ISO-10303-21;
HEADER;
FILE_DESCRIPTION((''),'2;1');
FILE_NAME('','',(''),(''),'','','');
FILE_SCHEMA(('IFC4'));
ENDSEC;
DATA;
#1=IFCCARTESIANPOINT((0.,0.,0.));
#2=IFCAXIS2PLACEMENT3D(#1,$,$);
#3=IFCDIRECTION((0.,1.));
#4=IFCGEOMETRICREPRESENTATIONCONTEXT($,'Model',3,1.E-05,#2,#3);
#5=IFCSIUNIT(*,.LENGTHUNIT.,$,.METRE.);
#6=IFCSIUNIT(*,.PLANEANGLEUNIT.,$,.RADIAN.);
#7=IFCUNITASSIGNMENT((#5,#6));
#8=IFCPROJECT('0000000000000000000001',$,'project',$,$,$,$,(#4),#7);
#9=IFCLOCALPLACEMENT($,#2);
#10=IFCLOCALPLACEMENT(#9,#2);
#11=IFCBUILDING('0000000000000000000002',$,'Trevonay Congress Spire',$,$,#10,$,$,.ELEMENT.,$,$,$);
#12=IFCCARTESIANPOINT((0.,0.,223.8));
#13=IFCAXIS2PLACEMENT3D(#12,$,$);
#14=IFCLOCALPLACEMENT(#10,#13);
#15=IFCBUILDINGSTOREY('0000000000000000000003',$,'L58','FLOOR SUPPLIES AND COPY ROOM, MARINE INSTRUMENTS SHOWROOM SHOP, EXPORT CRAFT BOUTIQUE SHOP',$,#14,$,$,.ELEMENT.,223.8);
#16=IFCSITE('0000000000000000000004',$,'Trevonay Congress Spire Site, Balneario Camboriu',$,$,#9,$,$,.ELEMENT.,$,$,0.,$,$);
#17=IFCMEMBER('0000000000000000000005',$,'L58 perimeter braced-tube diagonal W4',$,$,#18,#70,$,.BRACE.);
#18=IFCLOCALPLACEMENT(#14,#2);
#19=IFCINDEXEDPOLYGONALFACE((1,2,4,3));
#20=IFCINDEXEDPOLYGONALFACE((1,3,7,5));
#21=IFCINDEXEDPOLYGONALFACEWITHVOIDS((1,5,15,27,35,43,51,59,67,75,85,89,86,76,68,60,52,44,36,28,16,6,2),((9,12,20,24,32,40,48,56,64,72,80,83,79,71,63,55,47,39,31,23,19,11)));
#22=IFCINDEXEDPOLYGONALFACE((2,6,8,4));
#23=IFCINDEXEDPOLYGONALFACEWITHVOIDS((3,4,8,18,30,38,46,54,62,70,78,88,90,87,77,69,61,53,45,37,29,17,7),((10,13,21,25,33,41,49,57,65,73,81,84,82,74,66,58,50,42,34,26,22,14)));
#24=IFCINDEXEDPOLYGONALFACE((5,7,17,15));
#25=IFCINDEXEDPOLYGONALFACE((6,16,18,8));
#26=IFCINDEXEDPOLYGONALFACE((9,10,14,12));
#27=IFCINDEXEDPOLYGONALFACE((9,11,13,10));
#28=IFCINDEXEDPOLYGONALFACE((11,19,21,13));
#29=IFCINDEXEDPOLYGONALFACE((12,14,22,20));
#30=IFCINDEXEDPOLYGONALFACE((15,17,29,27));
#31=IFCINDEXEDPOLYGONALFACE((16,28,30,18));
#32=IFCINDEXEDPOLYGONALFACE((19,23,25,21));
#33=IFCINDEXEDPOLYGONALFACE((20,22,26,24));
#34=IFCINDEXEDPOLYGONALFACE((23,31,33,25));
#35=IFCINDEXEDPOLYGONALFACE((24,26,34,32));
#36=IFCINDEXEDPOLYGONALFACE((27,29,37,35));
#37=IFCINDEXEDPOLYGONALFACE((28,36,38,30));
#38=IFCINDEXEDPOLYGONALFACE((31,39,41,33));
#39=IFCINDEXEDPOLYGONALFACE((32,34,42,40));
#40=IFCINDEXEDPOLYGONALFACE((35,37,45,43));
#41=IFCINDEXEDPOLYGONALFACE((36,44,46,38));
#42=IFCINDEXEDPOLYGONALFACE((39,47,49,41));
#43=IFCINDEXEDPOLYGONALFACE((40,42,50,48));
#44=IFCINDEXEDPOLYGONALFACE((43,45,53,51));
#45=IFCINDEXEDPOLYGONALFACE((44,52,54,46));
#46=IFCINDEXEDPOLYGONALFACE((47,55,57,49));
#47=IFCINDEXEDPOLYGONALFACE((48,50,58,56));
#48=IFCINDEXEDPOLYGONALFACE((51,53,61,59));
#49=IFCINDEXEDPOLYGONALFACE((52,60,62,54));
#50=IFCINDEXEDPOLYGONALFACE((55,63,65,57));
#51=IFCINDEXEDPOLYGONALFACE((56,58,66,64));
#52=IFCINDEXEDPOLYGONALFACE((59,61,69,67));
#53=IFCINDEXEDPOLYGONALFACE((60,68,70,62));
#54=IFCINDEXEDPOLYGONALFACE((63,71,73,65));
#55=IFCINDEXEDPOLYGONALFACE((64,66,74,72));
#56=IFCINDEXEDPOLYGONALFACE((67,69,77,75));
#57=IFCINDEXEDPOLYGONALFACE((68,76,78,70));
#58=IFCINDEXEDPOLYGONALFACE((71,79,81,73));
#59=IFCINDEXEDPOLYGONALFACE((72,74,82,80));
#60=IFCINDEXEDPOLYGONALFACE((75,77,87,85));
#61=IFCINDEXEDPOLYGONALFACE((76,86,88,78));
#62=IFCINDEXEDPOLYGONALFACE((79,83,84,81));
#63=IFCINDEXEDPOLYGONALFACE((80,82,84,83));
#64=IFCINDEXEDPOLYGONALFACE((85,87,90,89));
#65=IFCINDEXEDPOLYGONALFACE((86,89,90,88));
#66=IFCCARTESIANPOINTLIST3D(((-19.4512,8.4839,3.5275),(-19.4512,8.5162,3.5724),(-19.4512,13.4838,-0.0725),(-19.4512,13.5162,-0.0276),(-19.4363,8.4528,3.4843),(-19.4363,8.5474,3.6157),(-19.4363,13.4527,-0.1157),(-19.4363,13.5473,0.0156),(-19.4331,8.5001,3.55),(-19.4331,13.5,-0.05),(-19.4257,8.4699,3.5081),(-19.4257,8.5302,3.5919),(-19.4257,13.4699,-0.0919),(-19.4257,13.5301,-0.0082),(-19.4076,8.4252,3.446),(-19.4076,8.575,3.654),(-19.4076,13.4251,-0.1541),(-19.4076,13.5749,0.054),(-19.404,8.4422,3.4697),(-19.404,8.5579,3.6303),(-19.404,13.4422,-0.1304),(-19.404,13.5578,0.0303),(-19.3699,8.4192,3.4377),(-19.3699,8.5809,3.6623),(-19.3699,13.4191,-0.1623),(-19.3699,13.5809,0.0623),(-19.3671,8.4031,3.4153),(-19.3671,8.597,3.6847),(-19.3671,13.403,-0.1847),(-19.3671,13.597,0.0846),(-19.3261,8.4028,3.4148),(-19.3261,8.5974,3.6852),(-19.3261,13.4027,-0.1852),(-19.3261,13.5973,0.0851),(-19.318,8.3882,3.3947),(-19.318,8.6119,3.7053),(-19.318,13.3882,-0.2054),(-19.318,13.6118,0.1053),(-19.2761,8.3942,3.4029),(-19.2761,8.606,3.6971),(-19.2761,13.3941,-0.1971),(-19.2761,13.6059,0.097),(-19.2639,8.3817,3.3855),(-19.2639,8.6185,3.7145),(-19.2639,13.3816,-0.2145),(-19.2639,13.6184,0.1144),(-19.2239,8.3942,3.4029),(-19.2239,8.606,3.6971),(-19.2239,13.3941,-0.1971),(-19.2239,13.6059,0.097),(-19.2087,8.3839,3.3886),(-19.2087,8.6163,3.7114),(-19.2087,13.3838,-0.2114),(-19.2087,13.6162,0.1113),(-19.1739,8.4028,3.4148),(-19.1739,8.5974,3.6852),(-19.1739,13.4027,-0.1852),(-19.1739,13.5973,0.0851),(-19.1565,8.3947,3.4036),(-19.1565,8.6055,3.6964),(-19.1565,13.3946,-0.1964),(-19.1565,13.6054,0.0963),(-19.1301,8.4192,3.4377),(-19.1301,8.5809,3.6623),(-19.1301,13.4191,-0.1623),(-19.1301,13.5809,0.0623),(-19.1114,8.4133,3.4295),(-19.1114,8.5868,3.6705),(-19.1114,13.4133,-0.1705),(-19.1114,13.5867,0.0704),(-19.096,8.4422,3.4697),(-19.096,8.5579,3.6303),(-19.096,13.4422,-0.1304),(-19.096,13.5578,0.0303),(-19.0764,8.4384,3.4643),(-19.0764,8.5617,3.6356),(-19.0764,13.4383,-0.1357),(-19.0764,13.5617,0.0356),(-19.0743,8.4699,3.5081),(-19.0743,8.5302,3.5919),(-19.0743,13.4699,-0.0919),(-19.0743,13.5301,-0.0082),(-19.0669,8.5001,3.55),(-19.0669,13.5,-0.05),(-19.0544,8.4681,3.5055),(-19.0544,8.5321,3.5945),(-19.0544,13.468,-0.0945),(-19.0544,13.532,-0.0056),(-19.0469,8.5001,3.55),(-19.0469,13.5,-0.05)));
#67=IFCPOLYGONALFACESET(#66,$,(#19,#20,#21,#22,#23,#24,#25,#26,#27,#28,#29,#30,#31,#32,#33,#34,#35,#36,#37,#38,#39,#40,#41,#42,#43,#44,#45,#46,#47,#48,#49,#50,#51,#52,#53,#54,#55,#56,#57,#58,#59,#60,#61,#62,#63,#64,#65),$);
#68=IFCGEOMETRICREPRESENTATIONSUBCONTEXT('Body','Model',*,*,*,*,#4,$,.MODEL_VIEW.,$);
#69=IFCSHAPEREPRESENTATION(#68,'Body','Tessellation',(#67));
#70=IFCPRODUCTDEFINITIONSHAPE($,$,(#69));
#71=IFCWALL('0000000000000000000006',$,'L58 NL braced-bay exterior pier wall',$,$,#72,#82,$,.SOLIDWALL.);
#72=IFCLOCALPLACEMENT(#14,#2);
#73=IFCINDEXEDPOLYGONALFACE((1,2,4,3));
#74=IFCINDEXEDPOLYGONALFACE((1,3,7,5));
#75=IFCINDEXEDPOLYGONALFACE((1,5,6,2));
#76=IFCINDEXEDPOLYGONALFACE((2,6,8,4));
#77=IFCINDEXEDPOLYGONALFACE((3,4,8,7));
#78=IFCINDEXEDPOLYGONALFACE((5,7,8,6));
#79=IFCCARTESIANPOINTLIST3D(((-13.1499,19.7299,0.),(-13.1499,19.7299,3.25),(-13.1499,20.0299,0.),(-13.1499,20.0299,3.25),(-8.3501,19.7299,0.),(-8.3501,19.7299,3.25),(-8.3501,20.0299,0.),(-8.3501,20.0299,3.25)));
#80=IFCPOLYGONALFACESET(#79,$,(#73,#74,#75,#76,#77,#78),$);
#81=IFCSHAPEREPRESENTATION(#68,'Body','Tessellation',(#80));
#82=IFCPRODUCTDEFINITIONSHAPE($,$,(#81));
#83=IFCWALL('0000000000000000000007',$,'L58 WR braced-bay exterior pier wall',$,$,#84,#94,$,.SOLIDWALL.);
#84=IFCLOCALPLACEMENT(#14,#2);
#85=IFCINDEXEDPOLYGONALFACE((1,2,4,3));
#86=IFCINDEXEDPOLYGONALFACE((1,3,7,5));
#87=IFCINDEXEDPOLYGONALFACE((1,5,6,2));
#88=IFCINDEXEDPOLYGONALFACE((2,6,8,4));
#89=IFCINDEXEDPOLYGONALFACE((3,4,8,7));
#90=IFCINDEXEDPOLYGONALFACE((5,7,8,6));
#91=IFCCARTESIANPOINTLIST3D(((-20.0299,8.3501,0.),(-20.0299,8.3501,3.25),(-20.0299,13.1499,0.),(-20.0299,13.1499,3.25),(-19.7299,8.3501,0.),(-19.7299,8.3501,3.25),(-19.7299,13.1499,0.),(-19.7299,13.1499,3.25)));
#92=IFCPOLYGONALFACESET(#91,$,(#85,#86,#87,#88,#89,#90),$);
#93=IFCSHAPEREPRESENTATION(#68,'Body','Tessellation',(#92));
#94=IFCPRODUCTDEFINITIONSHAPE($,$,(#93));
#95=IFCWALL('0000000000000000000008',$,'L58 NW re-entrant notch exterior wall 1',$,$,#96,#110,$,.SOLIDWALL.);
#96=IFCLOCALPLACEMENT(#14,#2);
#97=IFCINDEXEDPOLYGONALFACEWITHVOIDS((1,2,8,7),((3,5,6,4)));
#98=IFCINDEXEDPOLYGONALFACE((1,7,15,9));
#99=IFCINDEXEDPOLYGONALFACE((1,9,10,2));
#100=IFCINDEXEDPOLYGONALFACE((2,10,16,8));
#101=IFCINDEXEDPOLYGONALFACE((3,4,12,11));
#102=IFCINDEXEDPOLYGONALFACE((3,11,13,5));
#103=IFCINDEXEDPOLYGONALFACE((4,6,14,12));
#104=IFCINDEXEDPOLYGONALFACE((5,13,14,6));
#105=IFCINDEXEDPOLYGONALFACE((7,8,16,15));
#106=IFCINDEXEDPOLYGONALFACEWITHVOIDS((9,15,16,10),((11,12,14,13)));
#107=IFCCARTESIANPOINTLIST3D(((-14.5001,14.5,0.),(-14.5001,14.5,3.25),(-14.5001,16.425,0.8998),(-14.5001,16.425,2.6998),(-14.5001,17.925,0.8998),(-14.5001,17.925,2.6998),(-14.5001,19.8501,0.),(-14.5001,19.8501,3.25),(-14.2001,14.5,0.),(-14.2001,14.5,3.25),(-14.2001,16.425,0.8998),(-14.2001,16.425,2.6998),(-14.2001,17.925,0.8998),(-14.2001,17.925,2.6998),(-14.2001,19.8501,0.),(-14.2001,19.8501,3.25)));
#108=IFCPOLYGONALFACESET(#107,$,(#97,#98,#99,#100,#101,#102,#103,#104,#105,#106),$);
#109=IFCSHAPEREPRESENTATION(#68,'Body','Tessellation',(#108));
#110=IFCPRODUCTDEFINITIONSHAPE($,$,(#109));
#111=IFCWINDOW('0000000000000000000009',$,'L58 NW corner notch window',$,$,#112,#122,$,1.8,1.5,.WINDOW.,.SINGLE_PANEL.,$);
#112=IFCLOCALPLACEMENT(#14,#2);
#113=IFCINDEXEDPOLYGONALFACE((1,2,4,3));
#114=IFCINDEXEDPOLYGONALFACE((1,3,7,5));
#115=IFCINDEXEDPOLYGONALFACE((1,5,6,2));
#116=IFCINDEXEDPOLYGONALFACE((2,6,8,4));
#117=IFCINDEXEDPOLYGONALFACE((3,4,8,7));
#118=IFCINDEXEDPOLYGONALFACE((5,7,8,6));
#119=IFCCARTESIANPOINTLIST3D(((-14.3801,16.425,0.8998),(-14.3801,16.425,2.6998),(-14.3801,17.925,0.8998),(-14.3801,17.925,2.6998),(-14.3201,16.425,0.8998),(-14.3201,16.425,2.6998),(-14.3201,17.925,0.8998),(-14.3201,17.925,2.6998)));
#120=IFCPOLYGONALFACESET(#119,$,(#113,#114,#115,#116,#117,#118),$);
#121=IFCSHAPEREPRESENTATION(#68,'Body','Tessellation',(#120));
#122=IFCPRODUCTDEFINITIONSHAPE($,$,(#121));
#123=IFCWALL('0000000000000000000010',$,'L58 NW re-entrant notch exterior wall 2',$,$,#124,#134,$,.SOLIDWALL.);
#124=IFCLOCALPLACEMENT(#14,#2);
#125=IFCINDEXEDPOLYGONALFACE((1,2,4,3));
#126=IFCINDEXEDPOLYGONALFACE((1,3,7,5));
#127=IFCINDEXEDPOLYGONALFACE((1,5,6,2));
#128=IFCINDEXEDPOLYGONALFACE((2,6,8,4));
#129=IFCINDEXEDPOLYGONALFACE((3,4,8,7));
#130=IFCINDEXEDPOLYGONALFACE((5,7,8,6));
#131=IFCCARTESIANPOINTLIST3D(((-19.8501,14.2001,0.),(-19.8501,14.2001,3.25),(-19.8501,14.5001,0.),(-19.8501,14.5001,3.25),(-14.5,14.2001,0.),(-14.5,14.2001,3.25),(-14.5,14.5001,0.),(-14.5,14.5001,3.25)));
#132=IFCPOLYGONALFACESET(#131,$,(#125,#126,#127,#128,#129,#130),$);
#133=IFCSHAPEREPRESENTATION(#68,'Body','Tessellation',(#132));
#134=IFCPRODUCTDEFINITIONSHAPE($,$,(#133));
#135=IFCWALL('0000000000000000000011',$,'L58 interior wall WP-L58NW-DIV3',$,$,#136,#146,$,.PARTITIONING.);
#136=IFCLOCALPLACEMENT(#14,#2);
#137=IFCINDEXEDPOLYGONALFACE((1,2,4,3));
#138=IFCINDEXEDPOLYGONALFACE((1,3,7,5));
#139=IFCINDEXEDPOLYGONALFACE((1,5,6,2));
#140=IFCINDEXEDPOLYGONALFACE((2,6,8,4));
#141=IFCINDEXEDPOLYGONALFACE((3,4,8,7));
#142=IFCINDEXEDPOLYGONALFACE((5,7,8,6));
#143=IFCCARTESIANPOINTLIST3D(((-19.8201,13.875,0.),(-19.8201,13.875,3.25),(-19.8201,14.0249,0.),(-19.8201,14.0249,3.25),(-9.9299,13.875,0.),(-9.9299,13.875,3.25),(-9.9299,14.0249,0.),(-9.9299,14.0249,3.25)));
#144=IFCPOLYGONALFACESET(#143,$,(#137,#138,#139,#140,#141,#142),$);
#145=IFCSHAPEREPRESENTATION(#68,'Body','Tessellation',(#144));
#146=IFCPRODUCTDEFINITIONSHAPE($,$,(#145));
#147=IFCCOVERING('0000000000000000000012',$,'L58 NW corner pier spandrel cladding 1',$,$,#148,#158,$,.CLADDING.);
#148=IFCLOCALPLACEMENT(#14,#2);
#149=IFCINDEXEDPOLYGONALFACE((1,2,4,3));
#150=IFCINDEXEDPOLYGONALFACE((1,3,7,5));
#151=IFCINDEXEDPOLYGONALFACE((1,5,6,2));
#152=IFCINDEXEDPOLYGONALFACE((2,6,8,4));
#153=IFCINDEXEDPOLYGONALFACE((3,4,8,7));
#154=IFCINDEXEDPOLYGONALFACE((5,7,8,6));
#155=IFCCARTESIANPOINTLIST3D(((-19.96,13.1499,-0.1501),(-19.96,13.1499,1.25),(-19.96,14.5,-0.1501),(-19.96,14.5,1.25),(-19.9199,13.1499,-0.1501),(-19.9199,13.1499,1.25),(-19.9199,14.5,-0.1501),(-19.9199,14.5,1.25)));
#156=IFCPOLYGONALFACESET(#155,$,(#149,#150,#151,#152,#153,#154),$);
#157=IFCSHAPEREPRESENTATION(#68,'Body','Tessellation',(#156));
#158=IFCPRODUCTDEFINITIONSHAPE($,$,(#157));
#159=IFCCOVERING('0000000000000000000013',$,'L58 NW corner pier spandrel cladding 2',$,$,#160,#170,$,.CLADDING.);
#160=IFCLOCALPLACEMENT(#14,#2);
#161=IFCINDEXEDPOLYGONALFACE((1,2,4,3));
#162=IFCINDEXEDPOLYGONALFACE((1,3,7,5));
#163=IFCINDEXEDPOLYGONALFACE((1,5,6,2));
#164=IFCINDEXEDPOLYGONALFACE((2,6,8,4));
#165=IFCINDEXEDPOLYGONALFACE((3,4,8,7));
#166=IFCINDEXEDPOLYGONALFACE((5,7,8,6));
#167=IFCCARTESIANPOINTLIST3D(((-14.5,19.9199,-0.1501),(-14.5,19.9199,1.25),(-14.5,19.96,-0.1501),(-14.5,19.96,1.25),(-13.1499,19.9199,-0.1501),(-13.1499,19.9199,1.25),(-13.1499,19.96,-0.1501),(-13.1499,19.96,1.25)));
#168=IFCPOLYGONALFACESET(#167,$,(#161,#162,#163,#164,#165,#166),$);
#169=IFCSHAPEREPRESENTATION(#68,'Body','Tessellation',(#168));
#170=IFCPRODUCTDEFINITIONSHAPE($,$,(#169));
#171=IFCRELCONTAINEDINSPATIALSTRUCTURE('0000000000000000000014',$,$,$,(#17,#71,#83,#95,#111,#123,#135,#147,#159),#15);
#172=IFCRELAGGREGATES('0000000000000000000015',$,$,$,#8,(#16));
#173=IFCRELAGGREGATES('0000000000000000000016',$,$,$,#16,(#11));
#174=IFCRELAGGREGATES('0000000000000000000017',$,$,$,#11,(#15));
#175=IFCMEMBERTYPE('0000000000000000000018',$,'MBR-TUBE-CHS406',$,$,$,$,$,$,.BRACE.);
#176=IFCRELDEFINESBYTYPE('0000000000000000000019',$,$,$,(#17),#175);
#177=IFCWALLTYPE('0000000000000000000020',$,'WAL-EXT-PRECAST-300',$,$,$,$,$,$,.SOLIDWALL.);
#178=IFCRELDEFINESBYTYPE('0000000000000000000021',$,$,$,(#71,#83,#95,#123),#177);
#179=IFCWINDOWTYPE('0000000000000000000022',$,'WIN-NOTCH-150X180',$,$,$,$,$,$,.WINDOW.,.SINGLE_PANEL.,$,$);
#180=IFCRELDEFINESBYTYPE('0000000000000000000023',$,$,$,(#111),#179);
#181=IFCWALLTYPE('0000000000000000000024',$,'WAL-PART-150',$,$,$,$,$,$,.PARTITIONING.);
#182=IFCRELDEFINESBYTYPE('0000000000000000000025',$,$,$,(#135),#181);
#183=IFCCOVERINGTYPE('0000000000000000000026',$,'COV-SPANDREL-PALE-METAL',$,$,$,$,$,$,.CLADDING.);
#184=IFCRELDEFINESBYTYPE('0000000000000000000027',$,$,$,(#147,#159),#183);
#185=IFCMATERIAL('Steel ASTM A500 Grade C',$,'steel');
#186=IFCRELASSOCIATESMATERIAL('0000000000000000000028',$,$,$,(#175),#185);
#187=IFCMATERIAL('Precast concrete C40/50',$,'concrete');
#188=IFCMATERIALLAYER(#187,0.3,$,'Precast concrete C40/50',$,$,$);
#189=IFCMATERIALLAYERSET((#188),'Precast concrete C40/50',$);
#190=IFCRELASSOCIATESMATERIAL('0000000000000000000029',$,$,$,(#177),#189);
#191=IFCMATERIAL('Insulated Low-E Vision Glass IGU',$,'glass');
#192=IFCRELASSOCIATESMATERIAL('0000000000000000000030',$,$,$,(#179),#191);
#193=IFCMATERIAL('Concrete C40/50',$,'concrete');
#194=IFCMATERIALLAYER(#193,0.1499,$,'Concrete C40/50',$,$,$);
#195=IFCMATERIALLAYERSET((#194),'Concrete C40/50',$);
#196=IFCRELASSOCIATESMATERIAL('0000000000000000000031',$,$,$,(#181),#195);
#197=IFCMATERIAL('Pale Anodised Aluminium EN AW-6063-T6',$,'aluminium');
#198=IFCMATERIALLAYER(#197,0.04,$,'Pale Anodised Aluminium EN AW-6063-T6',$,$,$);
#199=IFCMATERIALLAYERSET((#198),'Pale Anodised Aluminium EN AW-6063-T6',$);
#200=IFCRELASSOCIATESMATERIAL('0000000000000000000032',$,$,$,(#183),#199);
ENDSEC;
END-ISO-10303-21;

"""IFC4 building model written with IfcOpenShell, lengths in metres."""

from ifc_helpers import new_model, si_unit, direction, frame, frame_2d, origin, origin_2d, place, context, subcontext, project, spatial, rectangle, hollow_circle, extrude, material, layer, layer_set, material_profile, profile_set, type_object, element, fill, save


model = new_model("IFC4")

# Units and contexts
model_context = context("Model", 3, precision=1e-05, world=origin(), true_north=direction((0.0, 1.0)))
body_context = subcontext(model_context, "Body", "Model", "MODEL_VIEW")
ifc_project = project(units=[si_unit("LENGTHUNIT", "METRE"), si_unit("PLANEANGLEUNIT", "RADIAN")], contexts=[model_context])

# Site, building, storey
site_placement = place(None, origin())
site = spatial("IfcSite", under=ifc_project, at=site_placement, Name="Trevonay Congress Spire Site, Balneario Camboriu", CompositionType="ELEMENT", RefElevation=0.0)
building_placement = place(site_placement, origin())
building = spatial("IfcBuilding", under=site, at=building_placement, Name="Trevonay Congress Spire", CompositionType="ELEMENT")
storey_placement = place(building_placement, frame((0.0, 0.0, 223.8)))
storey = spatial("IfcBuildingStorey", under=building, at=storey_placement, Name="L58", Description="FLOOR SUPPLIES AND COPY ROOM, MARINE INSTRUMENTS SHOWROOM SHOP, EXPORT CRAFT BOUTIQUE SHOP", CompositionType="ELEMENT", Elevation=223.8)

# Shared definitions
ifc_material_1 = material(Name="Pale Anodised Aluminium EN AW-6063-T6", Category="aluminium")

# Member
ifc_material_2 = material(Name="Steel ASTM A500 Grade C", Category="steel")
ifc_material_profile_1 = material_profile(ifc_material_2, hollow_circle(Radius=0.2031, WallThickness=0.02, at=origin_2d()), Name="CHS 406.4x20")
ifc_profile_set_1 = profile_set([ifc_material_profile_1], Name="Steel ASTM A500 Grade C")
member_type_1 = type_object("IfcMemberType", Name="MBR-TUBE-CHS406", PredefinedType="BRACE", material=ifc_profile_set_1)
for number, where, z_axis, x_axis, name in (
    (1, (-19.25, 13.5, -0.05), (0.0, -0.811527, 0.584315), (1.0, 0.0, 0.0), "L58 perimeter braced-tube diagonal W4"),
):
    element("IfcMember", number, at=place(storey_placement, frame(where, z_axis=z_axis, x_axis=x_axis)), inside=storey, type_object=member_type_1, Name=name, PredefinedType="BRACE", context=body_context, shape_type="SweptSolid", body=[
        extrude(hollow_circle(Radius=0.2031, WallThickness=0.02, at=origin_2d()), origin(), (0.0, 0.0, 1.0), 6.1611),
    ])

# Walls
ifc_material_3 = material(Name="Precast concrete C40/50", Category="concrete")
ifc_layer_1 = layer(ifc_material_3, 0.3, Name="Precast concrete C40/50")
ifc_layer_set_1 = layer_set([ifc_layer_1], Name="Precast concrete C40/50")
wall_type_1 = type_object("IfcWallType", Name="WAL-EXT-PRECAST-300", PredefinedType="SOLIDWALL", material=ifc_layer_set_1)
for number, where, z_axis, x_axis, name in (
    (2, (-13.1499, 19.8799, 0.0), (0.0, 0.0, 1.0), (1.0, 0.0, 0.0), "L58 NL braced-bay exterior pier wall"),
    (3, (-19.8799, 8.3501, 0.0), (0.0, 0.0, 1.0), (0.0, 1.0, 0.0), "L58 WR braced-bay exterior pier wall"),
):
    element("IfcWall", number, at=place(storey_placement, frame(where, z_axis=z_axis, x_axis=x_axis)), inside=storey, type_object=wall_type_1, Name=name, PredefinedType="SOLIDWALL", context=body_context, shape_type="SweptSolid", body=[
        extrude(rectangle(XDim=4.7998, YDim=0.3, at=frame_2d((2.3999, 0.0))), origin(), (0.0, 0.0, 1.0), 3.25),
    ])

# Wall, opening, window
wall_1_placement = place(storey_placement, frame((-14.3501, 19.8501, 0.0), z_axis=(0.0, 0.0, 1.0), x_axis=(0.0, -1.0, 0.0)))
wall_1 = element("IfcWall", 4, at=wall_1_placement, inside=storey, type_object=wall_type_1, Name="L58 NW re-entrant notch exterior wall 1", PredefinedType="SOLIDWALL", context=body_context, shape_type="SweptSolid", body=[
    extrude(rectangle(XDim=5.3501, YDim=0.3, at=frame_2d((2.675, 0.0))), origin(), (0.0, 0.0, 1.0), 3.25),
])
opening_placement = place(wall_1_placement, frame((1.925, 0.0, 0.8999)))
opening = element("IfcOpeningElement", 5, at=opening_placement, cuts=wall_1, PredefinedType="OPENING", context=body_context, shape_type="SweptSolid", body=[
    extrude(rectangle(XDim=1.5, YDim=1.8, at=frame_2d((0.75, 0.8999))), frame((0.0, 0.1602, 0.0), z_axis=(0.0, -1.0, 0.0), x_axis=(1.0, 0.0, 0.0)), (0.0, 0.0, 1.0), 0.3201),
])
ifc_material_4 = material(Name="Insulated Low-E Vision Glass IGU", Category="glass")
window_type = type_object("IfcWindowType", Name="WIN-NOTCH-150X180", PartitioningType="SINGLE_PANEL", PredefinedType="WINDOW", material=ifc_material_4)
window_placement = place(opening_placement, origin())
window = element("IfcWindow", 6, at=window_placement, inside=storey, type_object=window_type, Name="L58 NW corner notch window", OverallHeight=1.8, OverallWidth=1.5, PartitioningType="SINGLE_PANEL", PredefinedType="WINDOW", context=body_context, shape_type="SweptSolid", body=[
    extrude(rectangle(XDim=1.5, YDim=1.8, at=frame_2d((0.75, 0.8999))), frame((0.0, 0.03, 0.0), z_axis=(0.0, -1.0, 0.0), x_axis=(1.0, 0.0, 0.0)), (0.0, 0.0, 1.0), 0.0601),
])
fill(opening, window)

# Walls
wall_2_placement = place(storey_placement, frame((-19.8501, 14.3501, 0.0), z_axis=(0.0, 0.0, 1.0), x_axis=(1.0, 0.0, 0.0)))
element("IfcWall", 7, at=wall_2_placement, inside=storey, type_object=wall_type_1, Name="L58 NW re-entrant notch exterior wall 2", PredefinedType="SOLIDWALL", context=body_context, shape_type="SweptSolid", body=[
    extrude(rectangle(XDim=5.3501, YDim=0.3, at=frame_2d((2.675, 0.0))), origin(), (0.0, 0.0, 1.0), 3.25),
])
ifc_material_5 = material(Name="Concrete C40/50", Category="concrete")
ifc_layer_2 = layer(ifc_material_5, 0.1499, Name="Concrete C40/50")
ifc_layer_set_2 = layer_set([ifc_layer_2], Name="Concrete C40/50")
wall_type_2 = type_object("IfcWallType", Name="WAL-PART-150", PredefinedType="PARTITIONING", material=ifc_layer_set_2)
wall_3_placement = place(storey_placement, frame((-19.8201, 13.95, 0.0), z_axis=(0.0, 0.0, 1.0), x_axis=(1.0, 0.0, 0.0)))
element("IfcWall", 8, at=wall_3_placement, inside=storey, type_object=wall_type_2, Name="L58 interior wall WP-L58NW-DIV3", PredefinedType="PARTITIONING", context=body_context, shape_type="SweptSolid", body=[
    extrude(rectangle(XDim=9.8901, YDim=0.1499, at=frame_2d((4.9451, 0.0))), origin(), (0.0, 0.0, 1.0), 3.25),
])

# Coverings
ifc_layer_3 = layer(ifc_material_1, 0.04, Name="Pale Anodised Aluminium EN AW-6063-T6")
ifc_layer_set_3 = layer_set([ifc_layer_3], Name="Pale Anodised Aluminium EN AW-6063-T6")
covering_type = type_object("IfcCoveringType", Name="COV-SPANDREL-PALE-METAL", PredefinedType="CLADDING", material=ifc_layer_set_3)
for number, where, z_axis, x_axis, name in (
    (9, (-19.9399, 13.1499, -0.1501), (0.0, 0.0, 1.0), (0.0, 1.0, 0.0), "L58 NW corner pier spandrel cladding 1"),
    (10, (-13.1499, 19.9399, -0.1501), (0.0, 0.0, 1.0), (-1.0, 0.0, 0.0), "L58 NW corner pier spandrel cladding 2"),
):
    element("IfcCovering", number, at=place(storey_placement, frame(where, z_axis=z_axis, x_axis=x_axis)), inside=storey, type_object=covering_type, Name=name, PredefinedType="CLADDING", context=body_context, shape_type="SweptSolid", body=[
        extrude(rectangle(XDim=1.3501, YDim=0.04, at=frame_2d((0.675, 0.0))), origin(), (0.0, 0.0, 1.0), 1.4001),
    ])

save(model, "model.ifc")
